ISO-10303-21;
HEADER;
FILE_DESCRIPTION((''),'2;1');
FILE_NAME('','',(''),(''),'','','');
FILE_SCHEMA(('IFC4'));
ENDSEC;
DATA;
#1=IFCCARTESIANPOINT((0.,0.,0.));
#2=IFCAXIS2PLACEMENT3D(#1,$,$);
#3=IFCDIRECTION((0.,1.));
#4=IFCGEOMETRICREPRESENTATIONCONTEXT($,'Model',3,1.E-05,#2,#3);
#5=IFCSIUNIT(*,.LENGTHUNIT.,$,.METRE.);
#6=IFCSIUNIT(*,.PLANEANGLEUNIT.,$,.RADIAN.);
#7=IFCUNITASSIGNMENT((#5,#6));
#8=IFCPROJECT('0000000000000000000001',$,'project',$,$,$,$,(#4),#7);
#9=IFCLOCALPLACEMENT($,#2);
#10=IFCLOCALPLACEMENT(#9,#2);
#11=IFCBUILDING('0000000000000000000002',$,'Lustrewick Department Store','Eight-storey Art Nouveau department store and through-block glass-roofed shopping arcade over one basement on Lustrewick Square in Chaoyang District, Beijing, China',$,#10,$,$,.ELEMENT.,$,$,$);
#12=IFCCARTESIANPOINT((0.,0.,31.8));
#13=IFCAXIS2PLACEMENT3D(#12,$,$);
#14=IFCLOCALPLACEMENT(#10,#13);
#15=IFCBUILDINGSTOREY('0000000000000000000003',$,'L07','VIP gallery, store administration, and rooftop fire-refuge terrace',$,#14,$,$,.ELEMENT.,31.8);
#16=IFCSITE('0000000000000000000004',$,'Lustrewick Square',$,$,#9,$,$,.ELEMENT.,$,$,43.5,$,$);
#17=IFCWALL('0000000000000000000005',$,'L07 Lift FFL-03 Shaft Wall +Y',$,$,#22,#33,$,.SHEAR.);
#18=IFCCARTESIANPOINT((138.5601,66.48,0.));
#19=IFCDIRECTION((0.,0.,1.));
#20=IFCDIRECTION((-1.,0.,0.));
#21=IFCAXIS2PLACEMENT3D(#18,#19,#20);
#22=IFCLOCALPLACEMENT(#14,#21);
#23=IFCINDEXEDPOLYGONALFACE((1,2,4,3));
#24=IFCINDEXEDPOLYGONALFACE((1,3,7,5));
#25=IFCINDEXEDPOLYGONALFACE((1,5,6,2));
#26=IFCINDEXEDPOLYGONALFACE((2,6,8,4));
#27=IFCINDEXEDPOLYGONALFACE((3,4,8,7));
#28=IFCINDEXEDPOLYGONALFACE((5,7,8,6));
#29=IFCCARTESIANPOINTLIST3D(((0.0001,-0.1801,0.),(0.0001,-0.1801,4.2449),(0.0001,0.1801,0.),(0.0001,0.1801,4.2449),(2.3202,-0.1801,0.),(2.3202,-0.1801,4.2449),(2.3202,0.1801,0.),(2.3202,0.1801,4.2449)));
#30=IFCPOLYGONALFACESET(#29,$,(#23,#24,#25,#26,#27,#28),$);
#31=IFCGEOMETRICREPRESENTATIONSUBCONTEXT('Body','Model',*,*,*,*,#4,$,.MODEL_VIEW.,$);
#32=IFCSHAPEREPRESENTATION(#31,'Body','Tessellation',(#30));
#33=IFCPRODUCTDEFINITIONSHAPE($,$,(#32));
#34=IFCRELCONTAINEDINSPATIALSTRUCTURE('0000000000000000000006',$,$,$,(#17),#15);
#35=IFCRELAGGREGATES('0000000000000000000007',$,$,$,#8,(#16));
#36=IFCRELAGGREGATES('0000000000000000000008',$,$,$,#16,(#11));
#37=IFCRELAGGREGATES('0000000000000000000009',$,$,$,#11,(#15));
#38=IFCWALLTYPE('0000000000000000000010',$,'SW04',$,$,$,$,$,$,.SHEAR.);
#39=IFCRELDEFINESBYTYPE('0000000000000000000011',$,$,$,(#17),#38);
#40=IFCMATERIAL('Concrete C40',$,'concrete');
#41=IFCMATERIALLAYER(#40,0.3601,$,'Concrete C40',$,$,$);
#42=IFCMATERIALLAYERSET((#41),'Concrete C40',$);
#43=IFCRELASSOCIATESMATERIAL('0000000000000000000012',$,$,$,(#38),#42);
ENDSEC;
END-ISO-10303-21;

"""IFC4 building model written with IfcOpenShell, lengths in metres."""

from ifc_helpers import new_model, si_unit, direction, frame, frame_2d, origin, place, context, subcontext, project, spatial, rectangle, extrude, material, layer, layer_set, type_object, element, save


model = new_model("IFC4")

# Units and contexts
model_context = context("Model", 3, precision=1e-05, world=origin(), true_north=direction((0.0, 1.0)))
body_context = subcontext(model_context, "Body", "Model", "MODEL_VIEW")
ifc_project = project(units=[si_unit("LENGTHUNIT", "METRE"), si_unit("PLANEANGLEUNIT", "RADIAN")], contexts=[model_context])

# Site, building, storey
site_placement = place(None, origin())
site = spatial("IfcSite", under=ifc_project, at=site_placement, Name="Lustrewick Square", CompositionType="ELEMENT", RefElevation=43.5)
building_placement = place(site_placement, origin())
building = spatial("IfcBuilding", under=site, at=building_placement, Name="Lustrewick Department Store", Description="Eight-storey Art Nouveau department store and through-block glass-roofed shopping arcade over one basement on Lustrewick Square in Chaoyang District, Beijing, China", CompositionType="ELEMENT")
storey_placement = place(building_placement, frame((0.0, 0.0, 31.8)))
storey = spatial("IfcBuildingStorey", under=building, at=storey_placement, Name="L07", Description="VIP gallery, store administration, and rooftop fire-refuge terrace", CompositionType="ELEMENT", Elevation=31.8)

# Shared definitions
ifc_material_1 = material(Name="Concrete C40", Category="concrete")
ifc_layer_1 = layer(ifc_material_1, 0.3601, Name="Concrete C40")
ifc_layer_set_1 = layer_set([ifc_layer_1], Name="Concrete C40")
wall_type_1 = type_object("IfcWallType", Name="SW04", PredefinedType="SHEAR", material=ifc_layer_set_1)

# Wall
wall_1_placement = place(storey_placement, frame((138.5601, 66.48, 0.0), z_axis=(0.0, 0.0, 1.0), x_axis=(-1.0, 0.0, 0.0)))
element("IfcWall", 1, at=wall_1_placement, inside=storey, type_object=wall_type_1, Name="L07 Lift FFL-03 Shaft Wall +Y", PredefinedType="SHEAR", context=body_context, shape_type="SweptSolid", body=[
    extrude(rectangle(XDim=2.3201, YDim=0.3601, at=frame_2d((1.1602, 0.0))), origin(), (0.0, 0.0, 1.0), 4.2449),
])

save(model, "model.ifc")
